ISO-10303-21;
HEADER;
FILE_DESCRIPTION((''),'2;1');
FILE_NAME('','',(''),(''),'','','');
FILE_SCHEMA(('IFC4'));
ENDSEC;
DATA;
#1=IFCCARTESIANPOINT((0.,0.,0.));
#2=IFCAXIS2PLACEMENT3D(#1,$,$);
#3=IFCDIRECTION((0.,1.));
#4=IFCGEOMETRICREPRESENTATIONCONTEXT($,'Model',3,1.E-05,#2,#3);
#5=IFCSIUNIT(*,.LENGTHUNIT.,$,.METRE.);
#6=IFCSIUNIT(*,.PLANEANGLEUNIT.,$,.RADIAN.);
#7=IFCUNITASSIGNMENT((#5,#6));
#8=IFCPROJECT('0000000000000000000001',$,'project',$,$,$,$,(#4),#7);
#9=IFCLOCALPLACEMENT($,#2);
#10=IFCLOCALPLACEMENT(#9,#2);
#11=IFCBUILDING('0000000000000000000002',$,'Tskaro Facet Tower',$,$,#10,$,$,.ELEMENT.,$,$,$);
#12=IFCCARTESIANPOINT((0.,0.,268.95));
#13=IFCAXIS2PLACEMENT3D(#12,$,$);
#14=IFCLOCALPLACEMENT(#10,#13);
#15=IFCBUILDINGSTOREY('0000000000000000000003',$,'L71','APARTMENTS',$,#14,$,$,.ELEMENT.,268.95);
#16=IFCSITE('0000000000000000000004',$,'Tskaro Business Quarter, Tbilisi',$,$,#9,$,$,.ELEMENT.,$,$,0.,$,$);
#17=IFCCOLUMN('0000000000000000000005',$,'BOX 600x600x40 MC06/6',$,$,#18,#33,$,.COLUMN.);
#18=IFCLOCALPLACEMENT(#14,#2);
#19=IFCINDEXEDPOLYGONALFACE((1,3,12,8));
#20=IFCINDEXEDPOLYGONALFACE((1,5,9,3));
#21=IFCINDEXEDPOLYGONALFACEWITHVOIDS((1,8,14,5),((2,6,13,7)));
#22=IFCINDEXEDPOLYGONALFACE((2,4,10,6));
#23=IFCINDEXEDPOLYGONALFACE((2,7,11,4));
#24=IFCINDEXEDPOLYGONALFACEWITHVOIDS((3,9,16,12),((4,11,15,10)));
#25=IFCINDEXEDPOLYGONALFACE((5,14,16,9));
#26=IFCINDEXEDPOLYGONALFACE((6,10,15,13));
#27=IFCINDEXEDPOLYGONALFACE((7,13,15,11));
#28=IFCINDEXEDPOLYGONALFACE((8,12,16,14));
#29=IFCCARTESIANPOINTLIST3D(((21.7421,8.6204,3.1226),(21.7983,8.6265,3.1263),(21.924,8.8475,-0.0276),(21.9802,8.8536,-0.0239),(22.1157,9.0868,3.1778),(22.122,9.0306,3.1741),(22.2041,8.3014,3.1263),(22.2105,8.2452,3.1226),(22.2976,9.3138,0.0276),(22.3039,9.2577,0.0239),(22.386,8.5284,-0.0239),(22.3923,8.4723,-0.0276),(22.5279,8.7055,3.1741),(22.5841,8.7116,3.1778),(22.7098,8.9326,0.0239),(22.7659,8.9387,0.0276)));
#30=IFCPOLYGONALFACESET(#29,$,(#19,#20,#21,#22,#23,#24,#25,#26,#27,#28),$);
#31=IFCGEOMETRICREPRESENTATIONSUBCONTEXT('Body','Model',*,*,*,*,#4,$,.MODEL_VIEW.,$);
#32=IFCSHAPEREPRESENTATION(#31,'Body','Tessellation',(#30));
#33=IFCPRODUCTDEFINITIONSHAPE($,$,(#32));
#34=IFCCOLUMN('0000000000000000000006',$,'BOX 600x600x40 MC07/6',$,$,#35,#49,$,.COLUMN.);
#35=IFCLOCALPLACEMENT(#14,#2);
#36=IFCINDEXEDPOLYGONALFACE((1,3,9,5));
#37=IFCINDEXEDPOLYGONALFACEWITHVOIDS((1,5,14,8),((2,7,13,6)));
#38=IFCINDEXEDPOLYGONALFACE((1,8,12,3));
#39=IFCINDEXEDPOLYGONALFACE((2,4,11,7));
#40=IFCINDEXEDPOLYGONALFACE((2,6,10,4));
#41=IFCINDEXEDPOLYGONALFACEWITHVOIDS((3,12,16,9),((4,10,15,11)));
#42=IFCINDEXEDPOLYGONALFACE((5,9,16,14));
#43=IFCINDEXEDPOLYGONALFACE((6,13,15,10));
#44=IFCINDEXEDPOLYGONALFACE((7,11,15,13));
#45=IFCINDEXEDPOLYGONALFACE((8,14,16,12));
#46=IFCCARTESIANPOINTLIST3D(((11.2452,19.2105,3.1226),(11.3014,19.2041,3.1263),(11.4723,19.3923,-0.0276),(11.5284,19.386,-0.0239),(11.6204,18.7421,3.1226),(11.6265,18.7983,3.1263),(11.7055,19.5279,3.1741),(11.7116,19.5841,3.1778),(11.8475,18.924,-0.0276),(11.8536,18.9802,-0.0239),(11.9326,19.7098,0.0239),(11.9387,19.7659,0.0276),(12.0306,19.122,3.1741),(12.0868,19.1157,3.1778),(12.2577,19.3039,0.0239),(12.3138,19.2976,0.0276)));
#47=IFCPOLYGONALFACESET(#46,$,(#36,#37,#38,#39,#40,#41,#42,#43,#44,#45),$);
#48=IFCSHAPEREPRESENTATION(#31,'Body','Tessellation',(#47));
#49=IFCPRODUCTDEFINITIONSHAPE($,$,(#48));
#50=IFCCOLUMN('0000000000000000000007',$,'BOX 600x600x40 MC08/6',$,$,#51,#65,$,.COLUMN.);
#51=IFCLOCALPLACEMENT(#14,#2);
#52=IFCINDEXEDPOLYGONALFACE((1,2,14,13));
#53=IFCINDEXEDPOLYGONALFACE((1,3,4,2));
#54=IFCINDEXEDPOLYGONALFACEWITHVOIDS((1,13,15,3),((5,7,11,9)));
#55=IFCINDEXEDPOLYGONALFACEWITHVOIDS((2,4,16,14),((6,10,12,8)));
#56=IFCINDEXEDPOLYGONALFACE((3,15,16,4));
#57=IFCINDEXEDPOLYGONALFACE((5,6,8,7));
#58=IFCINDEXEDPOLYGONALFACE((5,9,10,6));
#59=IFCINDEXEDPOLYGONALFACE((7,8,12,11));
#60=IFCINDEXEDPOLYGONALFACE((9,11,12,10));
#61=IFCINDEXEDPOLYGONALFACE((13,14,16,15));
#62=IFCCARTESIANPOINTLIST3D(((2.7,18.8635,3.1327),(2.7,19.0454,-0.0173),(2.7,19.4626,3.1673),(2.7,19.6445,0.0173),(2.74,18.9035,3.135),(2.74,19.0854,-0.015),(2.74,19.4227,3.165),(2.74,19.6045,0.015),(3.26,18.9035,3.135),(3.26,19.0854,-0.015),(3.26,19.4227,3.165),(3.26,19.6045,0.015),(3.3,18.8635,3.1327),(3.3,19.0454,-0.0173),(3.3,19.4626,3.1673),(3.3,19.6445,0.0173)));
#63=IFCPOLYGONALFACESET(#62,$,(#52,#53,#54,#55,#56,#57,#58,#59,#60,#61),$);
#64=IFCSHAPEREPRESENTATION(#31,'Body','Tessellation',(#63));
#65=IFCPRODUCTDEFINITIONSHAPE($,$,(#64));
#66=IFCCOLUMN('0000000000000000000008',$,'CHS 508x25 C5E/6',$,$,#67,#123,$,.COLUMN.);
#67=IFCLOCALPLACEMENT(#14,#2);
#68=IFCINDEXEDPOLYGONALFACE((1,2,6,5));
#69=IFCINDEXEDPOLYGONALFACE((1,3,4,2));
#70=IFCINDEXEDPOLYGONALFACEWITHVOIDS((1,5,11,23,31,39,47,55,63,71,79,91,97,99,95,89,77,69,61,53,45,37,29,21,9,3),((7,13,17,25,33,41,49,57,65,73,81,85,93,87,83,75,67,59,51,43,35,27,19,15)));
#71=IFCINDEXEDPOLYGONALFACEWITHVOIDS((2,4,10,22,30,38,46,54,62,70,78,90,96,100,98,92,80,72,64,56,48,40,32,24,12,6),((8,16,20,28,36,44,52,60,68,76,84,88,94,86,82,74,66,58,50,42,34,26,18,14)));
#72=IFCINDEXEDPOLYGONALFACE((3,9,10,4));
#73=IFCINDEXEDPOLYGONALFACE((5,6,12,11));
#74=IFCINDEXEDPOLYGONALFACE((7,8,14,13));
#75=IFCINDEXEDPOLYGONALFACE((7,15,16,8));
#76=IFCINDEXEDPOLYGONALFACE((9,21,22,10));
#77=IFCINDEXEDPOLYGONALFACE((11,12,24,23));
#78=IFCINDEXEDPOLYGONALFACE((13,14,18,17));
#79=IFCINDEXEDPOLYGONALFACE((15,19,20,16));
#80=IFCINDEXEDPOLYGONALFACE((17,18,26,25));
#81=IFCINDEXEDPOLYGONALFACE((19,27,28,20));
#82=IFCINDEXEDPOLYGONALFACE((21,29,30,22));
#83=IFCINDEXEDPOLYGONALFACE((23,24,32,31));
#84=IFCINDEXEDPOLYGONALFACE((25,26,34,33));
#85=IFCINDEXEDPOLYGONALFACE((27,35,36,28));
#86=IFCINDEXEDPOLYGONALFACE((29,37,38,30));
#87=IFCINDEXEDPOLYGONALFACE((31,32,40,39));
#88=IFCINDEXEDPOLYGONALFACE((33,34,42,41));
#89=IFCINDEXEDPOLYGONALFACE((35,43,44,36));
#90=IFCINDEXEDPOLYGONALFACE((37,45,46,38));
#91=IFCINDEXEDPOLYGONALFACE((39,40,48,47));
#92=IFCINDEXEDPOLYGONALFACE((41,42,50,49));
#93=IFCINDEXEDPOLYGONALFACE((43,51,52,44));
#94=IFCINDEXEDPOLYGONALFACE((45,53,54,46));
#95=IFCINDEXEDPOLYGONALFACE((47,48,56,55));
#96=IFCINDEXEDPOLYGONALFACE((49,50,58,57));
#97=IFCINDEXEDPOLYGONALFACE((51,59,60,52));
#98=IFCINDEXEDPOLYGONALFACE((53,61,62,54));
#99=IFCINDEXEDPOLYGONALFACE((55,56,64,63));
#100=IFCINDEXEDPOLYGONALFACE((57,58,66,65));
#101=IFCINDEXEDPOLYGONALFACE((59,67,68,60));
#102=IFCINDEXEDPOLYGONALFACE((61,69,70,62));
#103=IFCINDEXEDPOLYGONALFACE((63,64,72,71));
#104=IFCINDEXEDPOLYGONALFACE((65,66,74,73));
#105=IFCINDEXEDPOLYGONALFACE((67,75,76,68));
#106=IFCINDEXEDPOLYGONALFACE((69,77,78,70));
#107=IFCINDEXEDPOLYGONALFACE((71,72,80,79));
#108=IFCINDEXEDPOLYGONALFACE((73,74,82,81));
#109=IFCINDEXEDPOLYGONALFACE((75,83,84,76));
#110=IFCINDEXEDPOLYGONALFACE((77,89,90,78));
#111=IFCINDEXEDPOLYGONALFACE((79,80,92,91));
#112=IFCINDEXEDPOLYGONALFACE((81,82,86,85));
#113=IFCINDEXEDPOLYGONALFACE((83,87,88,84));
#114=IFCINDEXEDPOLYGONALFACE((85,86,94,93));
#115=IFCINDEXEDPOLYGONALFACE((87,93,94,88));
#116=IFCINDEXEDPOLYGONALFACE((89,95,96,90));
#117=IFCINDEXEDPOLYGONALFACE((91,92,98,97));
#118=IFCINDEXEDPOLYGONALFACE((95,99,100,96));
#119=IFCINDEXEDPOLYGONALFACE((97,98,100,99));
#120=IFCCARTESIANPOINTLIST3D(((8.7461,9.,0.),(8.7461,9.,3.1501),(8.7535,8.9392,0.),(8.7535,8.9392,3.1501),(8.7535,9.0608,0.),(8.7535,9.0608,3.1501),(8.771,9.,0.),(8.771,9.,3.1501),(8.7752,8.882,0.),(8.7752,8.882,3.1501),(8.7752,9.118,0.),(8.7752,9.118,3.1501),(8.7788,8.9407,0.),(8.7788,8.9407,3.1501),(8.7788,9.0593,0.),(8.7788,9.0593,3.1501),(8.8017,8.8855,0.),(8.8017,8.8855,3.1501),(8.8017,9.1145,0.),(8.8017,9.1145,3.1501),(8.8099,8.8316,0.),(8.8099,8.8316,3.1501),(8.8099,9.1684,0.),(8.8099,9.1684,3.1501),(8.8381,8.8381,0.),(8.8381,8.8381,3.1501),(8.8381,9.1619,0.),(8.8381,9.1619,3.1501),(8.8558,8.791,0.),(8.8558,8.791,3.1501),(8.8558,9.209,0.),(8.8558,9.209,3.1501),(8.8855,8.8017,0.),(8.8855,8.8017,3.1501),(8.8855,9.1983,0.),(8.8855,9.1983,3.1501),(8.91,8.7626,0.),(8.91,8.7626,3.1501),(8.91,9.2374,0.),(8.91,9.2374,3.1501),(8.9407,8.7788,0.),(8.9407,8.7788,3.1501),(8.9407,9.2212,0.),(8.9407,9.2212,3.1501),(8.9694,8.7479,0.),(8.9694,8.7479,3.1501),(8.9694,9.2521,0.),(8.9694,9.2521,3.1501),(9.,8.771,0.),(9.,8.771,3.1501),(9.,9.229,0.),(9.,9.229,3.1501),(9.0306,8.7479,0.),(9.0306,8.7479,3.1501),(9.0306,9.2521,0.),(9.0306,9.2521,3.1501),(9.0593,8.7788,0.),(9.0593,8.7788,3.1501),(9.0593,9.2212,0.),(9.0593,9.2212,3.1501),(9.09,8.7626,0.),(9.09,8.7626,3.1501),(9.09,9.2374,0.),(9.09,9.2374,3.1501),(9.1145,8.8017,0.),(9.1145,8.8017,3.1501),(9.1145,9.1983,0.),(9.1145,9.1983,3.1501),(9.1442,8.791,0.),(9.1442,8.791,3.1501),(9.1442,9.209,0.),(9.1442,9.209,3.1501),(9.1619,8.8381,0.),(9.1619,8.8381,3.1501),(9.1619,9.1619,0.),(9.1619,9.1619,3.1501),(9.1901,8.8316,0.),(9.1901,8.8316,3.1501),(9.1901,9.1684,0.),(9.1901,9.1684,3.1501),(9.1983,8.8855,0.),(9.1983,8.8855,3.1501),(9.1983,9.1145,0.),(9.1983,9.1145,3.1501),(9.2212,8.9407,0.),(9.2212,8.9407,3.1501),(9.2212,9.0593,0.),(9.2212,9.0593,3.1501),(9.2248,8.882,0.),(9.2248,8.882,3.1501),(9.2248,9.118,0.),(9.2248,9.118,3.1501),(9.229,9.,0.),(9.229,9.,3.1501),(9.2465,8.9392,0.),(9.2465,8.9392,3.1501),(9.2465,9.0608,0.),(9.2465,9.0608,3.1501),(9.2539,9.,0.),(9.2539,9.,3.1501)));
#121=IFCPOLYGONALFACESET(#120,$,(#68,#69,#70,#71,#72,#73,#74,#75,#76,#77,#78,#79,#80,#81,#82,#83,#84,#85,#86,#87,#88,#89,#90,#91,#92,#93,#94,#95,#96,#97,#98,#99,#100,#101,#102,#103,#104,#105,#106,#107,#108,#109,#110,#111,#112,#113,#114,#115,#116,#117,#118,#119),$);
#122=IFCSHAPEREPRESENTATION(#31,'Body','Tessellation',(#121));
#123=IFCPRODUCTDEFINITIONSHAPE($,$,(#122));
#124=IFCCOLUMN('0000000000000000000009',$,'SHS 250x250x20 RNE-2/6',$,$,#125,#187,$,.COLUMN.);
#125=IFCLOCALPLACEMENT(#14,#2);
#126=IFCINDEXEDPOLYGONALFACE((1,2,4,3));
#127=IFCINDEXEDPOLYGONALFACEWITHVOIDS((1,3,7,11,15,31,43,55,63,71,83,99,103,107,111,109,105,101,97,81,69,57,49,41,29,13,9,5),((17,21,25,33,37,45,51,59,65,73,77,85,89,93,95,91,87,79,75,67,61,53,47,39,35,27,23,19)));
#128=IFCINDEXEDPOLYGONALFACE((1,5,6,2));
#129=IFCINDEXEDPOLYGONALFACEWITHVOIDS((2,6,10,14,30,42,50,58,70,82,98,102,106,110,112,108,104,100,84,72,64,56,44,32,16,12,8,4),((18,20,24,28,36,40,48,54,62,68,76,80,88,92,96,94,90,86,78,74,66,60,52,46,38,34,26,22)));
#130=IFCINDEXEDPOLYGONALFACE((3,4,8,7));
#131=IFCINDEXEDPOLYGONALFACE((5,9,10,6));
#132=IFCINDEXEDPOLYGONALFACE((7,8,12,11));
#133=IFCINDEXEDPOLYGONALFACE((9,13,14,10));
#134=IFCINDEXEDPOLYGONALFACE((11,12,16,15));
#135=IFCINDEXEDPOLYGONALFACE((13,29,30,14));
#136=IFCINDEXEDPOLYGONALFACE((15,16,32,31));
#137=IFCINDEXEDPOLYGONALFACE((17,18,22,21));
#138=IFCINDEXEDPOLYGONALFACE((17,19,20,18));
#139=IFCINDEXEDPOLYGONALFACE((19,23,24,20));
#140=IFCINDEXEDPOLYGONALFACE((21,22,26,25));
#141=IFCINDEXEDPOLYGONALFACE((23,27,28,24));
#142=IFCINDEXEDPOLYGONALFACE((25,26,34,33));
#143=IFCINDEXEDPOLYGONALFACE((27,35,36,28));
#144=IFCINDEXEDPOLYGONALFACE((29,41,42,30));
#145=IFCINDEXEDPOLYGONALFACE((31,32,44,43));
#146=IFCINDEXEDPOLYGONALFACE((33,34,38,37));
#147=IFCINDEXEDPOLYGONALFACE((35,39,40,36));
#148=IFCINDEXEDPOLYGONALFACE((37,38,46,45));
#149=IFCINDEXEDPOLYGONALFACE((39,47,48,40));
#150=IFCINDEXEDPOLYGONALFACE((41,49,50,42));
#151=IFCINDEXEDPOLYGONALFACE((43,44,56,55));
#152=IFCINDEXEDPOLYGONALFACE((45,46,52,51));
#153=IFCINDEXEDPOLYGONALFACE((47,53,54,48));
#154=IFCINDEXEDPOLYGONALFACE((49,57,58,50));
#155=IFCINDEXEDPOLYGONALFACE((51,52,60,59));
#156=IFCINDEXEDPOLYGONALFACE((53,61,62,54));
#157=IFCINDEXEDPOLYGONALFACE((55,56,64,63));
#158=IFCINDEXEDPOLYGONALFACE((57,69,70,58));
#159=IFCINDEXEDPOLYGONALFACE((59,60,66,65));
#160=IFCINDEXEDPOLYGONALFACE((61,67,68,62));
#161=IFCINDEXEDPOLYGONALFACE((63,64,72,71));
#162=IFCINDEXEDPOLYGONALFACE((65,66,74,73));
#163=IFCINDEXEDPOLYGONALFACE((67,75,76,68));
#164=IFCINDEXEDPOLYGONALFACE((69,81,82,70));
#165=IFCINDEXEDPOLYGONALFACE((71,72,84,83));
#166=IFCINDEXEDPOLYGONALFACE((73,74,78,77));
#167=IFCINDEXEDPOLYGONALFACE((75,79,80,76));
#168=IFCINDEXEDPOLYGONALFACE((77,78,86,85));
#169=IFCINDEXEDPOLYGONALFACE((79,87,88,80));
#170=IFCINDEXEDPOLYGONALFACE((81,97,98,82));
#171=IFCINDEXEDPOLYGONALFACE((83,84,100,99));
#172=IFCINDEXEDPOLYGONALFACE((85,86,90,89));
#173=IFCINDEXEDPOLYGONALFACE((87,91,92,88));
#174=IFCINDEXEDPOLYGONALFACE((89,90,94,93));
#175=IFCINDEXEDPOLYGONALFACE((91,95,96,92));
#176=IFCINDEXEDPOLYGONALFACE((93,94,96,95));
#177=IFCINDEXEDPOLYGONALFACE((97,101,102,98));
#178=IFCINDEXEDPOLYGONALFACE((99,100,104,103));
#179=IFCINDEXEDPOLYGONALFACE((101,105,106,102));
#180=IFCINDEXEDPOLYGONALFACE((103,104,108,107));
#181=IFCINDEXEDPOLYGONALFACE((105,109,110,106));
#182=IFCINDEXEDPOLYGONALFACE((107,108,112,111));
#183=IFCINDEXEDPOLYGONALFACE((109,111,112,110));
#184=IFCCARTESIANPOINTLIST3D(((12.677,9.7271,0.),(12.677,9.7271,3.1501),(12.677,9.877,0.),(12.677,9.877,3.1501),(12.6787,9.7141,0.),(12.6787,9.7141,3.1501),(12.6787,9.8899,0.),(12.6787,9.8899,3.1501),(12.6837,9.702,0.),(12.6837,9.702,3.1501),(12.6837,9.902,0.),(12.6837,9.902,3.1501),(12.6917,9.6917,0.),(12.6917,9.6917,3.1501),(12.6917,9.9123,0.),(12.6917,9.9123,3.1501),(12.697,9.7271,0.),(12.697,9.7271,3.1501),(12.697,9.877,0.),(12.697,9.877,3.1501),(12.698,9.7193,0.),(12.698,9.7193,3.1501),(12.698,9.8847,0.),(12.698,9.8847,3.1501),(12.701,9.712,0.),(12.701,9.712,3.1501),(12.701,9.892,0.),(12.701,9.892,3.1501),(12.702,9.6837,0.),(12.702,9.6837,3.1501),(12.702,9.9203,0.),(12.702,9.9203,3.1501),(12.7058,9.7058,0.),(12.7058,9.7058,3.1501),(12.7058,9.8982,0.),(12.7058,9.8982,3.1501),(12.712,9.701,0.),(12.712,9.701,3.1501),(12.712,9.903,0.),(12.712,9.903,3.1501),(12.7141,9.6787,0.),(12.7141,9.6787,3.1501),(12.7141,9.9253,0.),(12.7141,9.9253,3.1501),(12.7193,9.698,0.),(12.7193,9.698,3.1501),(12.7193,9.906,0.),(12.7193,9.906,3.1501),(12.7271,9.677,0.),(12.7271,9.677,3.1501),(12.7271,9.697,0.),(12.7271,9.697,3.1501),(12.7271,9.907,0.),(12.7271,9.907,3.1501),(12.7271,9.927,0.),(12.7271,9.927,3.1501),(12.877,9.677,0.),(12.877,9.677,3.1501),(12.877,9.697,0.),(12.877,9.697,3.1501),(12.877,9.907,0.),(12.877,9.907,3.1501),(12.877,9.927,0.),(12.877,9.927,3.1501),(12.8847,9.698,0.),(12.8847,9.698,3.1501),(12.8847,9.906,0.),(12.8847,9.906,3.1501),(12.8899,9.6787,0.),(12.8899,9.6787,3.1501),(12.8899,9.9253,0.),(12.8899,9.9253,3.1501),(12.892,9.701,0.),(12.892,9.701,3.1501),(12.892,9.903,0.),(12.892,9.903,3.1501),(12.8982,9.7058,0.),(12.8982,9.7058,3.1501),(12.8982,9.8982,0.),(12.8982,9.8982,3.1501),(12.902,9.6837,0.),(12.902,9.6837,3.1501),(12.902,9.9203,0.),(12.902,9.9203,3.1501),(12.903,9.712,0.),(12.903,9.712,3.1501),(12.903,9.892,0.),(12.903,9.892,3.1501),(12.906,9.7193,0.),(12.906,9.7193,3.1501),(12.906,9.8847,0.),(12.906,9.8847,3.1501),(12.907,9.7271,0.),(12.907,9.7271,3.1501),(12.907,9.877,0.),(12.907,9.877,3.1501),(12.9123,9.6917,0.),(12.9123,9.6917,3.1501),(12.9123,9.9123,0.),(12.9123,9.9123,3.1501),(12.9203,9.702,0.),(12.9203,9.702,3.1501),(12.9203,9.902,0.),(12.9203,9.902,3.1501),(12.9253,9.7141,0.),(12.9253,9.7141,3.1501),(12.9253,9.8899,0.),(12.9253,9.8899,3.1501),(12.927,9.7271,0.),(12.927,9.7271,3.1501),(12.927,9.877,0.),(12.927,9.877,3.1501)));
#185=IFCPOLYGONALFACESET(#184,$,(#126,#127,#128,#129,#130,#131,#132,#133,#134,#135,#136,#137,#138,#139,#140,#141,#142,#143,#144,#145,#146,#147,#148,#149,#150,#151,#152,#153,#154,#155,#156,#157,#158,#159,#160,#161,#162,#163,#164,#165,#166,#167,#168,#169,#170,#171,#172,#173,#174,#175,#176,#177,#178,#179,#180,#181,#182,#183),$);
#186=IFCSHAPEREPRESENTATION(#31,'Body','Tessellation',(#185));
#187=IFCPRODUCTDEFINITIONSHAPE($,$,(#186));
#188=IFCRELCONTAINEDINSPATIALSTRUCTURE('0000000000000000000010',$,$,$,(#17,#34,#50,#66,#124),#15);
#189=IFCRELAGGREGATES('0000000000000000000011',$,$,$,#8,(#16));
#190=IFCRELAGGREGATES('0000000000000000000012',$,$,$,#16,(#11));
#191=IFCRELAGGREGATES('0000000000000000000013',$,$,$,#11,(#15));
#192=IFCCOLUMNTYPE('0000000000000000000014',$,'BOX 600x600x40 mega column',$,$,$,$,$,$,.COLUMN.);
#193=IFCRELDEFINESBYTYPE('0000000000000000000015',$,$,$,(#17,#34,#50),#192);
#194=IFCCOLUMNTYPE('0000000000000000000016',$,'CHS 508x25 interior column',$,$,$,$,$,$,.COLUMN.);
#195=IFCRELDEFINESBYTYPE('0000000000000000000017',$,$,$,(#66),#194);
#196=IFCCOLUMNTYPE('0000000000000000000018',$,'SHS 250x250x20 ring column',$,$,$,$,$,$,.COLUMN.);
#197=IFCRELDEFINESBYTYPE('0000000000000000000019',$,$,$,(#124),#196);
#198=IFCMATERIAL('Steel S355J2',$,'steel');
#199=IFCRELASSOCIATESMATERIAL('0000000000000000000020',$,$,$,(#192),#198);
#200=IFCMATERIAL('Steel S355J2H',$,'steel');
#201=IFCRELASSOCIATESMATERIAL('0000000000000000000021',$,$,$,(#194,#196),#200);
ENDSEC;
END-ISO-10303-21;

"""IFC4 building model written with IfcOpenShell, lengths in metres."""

from ifc_helpers import new_model, si_unit, direction, frame, origin, origin_2d, place, context, subcontext, project, spatial, hollow_rectangle, hollow_circle, extrude, material, material_profile, profile_set, type_object, element, save


model = new_model("IFC4")

# Units and contexts
model_context = context("Model", 3, precision=1e-05, world=origin(), true_north=direction((0.0, 1.0)))
body_context = subcontext(model_context, "Body", "Model", "MODEL_VIEW")
ifc_project = project(units=[si_unit("LENGTHUNIT", "METRE"), si_unit("PLANEANGLEUNIT", "RADIAN")], contexts=[model_context])

# Site, building, storey
site_placement = place(None, origin())
site = spatial("IfcSite", under=ifc_project, at=site_placement, Name="Tskaro Business Quarter, Tbilisi", CompositionType="ELEMENT", RefElevation=0.0)
building_placement = place(site_placement, origin())
building = spatial("IfcBuilding", under=site, at=building_placement, Name="Tskaro Facet Tower", CompositionType="ELEMENT")
storey_placement = place(building_placement, frame((0.0, 0.0, 268.95)))
storey = spatial("IfcBuildingStorey", under=building, at=storey_placement, Name="L71", Description="APARTMENTS", CompositionType="ELEMENT", Elevation=268.95)

# Columns
ifc_material_1 = material(Name="Steel S355J2", Category="steel")
ifc_material_profile_1 = material_profile(ifc_material_1, hollow_rectangle(XDim=0.6001, YDim=0.6001, WallThickness=0.04, at=origin_2d()), Name="BOX 600x600x40")
ifc_profile_set_1 = profile_set([ifc_material_profile_1], Name="Steel S355J2")
column_type_1 = type_object("IfcColumnType", Name="BOX 600x600x40 mega column", PredefinedType="COLUMN", material=ifc_profile_set_1)
for number, where, z_axis, x_axis, name in (
    (1, (22.345, 8.8931, 0.0), (-0.057494, -0.071771, 0.995763), (0.780459, -0.625207, 0.0), "BOX 600x600x40 MC06/6"),
    (2, (11.8931, 19.345, 0.0), (-0.071771, -0.057494, 0.995763), (0.625207, -0.780459, 0.0), "BOX 600x600x40 MC07/6"),
):
    element("IfcColumn", number, at=place(storey_placement, frame(where, z_axis=z_axis, x_axis=x_axis)), inside=storey, type_object=column_type_1, Name=name, PredefinedType="COLUMN", context=body_context, shape_type="SweptSolid", body=[
        extrude(hollow_rectangle(XDim=0.6001, YDim=0.6001, WallThickness=0.04, at=origin_2d()), origin(), (0.0, 0.0, 1.0), 3.1636),
    ])
column_1_placement = place(storey_placement, frame((3.0, 19.345, 0.0), z_axis=(0.0, -0.057643, 0.998337), x_axis=(1.0, 0.0, 0.0)))
element("IfcColumn", 3, at=column_1_placement, inside=storey, type_object=column_type_1, Name="BOX 600x600x40 MC08/6", PredefinedType="COLUMN", context=body_context, shape_type="SweptSolid", body=[
    extrude(hollow_rectangle(XDim=0.6001, YDim=0.6001, WallThickness=0.04, at=origin_2d()), origin(), (0.0, 0.0, 1.0), 3.1553),
])
ifc_material_2 = material(Name="Steel S355J2H", Category="steel")
ifc_material_profile_2 = material_profile(ifc_material_2, hollow_circle(Radius=0.2539, WallThickness=0.0249, at=origin_2d()), Name="CHS 508x25")
ifc_profile_set_2 = profile_set([ifc_material_profile_2], Name="Steel S355J2H")
column_type_2 = type_object("IfcColumnType", Name="CHS 508x25 interior column", PredefinedType="COLUMN", material=ifc_profile_set_2)
column_2_placement = place(storey_placement, frame((9.0, 9.0, 0.0), z_axis=(0.0, 0.0, 1.0), x_axis=(1.0, 0.0, 0.0)))
element("IfcColumn", 4, at=column_2_placement, inside=storey, type_object=column_type_2, Name="CHS 508x25 C5E/6", PredefinedType="COLUMN", context=body_context, shape_type="SweptSolid", body=[
    extrude(hollow_circle(Radius=0.2539, WallThickness=0.0249, at=origin_2d()), origin(), (0.0, 0.0, 1.0), 3.1501),
])
ifc_material_profile_3 = material_profile(ifc_material_2, hollow_rectangle(XDim=0.25, YDim=0.25, WallThickness=0.02, InnerFilletRadius=0.03, OuterFilletRadius=0.05, at=origin_2d()), Name="SHS 250x250x20")
ifc_profile_set_3 = profile_set([ifc_material_profile_3], Name="Steel S355J2H")
column_type_3 = type_object("IfcColumnType", Name="SHS 250x250x20 ring column", PredefinedType="COLUMN", material=ifc_profile_set_3)
for number, where, z_axis, x_axis, name in (
    (5, (12.802, 9.802, 0.0), (0.0, 0.0, 1.0), (1.0, 0.0, 0.0), "SHS 250x250x20 RNE-2/6"),
):
    element("IfcColumn", number, at=place(storey_placement, frame(where, z_axis=z_axis, x_axis=x_axis)), inside=storey, type_object=column_type_3, Name=name, PredefinedType="COLUMN", context=body_context, shape_type="SweptSolid", body=[
        extrude(hollow_rectangle(XDim=0.25, YDim=0.25, WallThickness=0.02, InnerFilletRadius=0.03, OuterFilletRadius=0.05, at=origin_2d()), origin(), (0.0, 0.0, 1.0), 3.1501),
    ])

save(model, "model.ifc")
